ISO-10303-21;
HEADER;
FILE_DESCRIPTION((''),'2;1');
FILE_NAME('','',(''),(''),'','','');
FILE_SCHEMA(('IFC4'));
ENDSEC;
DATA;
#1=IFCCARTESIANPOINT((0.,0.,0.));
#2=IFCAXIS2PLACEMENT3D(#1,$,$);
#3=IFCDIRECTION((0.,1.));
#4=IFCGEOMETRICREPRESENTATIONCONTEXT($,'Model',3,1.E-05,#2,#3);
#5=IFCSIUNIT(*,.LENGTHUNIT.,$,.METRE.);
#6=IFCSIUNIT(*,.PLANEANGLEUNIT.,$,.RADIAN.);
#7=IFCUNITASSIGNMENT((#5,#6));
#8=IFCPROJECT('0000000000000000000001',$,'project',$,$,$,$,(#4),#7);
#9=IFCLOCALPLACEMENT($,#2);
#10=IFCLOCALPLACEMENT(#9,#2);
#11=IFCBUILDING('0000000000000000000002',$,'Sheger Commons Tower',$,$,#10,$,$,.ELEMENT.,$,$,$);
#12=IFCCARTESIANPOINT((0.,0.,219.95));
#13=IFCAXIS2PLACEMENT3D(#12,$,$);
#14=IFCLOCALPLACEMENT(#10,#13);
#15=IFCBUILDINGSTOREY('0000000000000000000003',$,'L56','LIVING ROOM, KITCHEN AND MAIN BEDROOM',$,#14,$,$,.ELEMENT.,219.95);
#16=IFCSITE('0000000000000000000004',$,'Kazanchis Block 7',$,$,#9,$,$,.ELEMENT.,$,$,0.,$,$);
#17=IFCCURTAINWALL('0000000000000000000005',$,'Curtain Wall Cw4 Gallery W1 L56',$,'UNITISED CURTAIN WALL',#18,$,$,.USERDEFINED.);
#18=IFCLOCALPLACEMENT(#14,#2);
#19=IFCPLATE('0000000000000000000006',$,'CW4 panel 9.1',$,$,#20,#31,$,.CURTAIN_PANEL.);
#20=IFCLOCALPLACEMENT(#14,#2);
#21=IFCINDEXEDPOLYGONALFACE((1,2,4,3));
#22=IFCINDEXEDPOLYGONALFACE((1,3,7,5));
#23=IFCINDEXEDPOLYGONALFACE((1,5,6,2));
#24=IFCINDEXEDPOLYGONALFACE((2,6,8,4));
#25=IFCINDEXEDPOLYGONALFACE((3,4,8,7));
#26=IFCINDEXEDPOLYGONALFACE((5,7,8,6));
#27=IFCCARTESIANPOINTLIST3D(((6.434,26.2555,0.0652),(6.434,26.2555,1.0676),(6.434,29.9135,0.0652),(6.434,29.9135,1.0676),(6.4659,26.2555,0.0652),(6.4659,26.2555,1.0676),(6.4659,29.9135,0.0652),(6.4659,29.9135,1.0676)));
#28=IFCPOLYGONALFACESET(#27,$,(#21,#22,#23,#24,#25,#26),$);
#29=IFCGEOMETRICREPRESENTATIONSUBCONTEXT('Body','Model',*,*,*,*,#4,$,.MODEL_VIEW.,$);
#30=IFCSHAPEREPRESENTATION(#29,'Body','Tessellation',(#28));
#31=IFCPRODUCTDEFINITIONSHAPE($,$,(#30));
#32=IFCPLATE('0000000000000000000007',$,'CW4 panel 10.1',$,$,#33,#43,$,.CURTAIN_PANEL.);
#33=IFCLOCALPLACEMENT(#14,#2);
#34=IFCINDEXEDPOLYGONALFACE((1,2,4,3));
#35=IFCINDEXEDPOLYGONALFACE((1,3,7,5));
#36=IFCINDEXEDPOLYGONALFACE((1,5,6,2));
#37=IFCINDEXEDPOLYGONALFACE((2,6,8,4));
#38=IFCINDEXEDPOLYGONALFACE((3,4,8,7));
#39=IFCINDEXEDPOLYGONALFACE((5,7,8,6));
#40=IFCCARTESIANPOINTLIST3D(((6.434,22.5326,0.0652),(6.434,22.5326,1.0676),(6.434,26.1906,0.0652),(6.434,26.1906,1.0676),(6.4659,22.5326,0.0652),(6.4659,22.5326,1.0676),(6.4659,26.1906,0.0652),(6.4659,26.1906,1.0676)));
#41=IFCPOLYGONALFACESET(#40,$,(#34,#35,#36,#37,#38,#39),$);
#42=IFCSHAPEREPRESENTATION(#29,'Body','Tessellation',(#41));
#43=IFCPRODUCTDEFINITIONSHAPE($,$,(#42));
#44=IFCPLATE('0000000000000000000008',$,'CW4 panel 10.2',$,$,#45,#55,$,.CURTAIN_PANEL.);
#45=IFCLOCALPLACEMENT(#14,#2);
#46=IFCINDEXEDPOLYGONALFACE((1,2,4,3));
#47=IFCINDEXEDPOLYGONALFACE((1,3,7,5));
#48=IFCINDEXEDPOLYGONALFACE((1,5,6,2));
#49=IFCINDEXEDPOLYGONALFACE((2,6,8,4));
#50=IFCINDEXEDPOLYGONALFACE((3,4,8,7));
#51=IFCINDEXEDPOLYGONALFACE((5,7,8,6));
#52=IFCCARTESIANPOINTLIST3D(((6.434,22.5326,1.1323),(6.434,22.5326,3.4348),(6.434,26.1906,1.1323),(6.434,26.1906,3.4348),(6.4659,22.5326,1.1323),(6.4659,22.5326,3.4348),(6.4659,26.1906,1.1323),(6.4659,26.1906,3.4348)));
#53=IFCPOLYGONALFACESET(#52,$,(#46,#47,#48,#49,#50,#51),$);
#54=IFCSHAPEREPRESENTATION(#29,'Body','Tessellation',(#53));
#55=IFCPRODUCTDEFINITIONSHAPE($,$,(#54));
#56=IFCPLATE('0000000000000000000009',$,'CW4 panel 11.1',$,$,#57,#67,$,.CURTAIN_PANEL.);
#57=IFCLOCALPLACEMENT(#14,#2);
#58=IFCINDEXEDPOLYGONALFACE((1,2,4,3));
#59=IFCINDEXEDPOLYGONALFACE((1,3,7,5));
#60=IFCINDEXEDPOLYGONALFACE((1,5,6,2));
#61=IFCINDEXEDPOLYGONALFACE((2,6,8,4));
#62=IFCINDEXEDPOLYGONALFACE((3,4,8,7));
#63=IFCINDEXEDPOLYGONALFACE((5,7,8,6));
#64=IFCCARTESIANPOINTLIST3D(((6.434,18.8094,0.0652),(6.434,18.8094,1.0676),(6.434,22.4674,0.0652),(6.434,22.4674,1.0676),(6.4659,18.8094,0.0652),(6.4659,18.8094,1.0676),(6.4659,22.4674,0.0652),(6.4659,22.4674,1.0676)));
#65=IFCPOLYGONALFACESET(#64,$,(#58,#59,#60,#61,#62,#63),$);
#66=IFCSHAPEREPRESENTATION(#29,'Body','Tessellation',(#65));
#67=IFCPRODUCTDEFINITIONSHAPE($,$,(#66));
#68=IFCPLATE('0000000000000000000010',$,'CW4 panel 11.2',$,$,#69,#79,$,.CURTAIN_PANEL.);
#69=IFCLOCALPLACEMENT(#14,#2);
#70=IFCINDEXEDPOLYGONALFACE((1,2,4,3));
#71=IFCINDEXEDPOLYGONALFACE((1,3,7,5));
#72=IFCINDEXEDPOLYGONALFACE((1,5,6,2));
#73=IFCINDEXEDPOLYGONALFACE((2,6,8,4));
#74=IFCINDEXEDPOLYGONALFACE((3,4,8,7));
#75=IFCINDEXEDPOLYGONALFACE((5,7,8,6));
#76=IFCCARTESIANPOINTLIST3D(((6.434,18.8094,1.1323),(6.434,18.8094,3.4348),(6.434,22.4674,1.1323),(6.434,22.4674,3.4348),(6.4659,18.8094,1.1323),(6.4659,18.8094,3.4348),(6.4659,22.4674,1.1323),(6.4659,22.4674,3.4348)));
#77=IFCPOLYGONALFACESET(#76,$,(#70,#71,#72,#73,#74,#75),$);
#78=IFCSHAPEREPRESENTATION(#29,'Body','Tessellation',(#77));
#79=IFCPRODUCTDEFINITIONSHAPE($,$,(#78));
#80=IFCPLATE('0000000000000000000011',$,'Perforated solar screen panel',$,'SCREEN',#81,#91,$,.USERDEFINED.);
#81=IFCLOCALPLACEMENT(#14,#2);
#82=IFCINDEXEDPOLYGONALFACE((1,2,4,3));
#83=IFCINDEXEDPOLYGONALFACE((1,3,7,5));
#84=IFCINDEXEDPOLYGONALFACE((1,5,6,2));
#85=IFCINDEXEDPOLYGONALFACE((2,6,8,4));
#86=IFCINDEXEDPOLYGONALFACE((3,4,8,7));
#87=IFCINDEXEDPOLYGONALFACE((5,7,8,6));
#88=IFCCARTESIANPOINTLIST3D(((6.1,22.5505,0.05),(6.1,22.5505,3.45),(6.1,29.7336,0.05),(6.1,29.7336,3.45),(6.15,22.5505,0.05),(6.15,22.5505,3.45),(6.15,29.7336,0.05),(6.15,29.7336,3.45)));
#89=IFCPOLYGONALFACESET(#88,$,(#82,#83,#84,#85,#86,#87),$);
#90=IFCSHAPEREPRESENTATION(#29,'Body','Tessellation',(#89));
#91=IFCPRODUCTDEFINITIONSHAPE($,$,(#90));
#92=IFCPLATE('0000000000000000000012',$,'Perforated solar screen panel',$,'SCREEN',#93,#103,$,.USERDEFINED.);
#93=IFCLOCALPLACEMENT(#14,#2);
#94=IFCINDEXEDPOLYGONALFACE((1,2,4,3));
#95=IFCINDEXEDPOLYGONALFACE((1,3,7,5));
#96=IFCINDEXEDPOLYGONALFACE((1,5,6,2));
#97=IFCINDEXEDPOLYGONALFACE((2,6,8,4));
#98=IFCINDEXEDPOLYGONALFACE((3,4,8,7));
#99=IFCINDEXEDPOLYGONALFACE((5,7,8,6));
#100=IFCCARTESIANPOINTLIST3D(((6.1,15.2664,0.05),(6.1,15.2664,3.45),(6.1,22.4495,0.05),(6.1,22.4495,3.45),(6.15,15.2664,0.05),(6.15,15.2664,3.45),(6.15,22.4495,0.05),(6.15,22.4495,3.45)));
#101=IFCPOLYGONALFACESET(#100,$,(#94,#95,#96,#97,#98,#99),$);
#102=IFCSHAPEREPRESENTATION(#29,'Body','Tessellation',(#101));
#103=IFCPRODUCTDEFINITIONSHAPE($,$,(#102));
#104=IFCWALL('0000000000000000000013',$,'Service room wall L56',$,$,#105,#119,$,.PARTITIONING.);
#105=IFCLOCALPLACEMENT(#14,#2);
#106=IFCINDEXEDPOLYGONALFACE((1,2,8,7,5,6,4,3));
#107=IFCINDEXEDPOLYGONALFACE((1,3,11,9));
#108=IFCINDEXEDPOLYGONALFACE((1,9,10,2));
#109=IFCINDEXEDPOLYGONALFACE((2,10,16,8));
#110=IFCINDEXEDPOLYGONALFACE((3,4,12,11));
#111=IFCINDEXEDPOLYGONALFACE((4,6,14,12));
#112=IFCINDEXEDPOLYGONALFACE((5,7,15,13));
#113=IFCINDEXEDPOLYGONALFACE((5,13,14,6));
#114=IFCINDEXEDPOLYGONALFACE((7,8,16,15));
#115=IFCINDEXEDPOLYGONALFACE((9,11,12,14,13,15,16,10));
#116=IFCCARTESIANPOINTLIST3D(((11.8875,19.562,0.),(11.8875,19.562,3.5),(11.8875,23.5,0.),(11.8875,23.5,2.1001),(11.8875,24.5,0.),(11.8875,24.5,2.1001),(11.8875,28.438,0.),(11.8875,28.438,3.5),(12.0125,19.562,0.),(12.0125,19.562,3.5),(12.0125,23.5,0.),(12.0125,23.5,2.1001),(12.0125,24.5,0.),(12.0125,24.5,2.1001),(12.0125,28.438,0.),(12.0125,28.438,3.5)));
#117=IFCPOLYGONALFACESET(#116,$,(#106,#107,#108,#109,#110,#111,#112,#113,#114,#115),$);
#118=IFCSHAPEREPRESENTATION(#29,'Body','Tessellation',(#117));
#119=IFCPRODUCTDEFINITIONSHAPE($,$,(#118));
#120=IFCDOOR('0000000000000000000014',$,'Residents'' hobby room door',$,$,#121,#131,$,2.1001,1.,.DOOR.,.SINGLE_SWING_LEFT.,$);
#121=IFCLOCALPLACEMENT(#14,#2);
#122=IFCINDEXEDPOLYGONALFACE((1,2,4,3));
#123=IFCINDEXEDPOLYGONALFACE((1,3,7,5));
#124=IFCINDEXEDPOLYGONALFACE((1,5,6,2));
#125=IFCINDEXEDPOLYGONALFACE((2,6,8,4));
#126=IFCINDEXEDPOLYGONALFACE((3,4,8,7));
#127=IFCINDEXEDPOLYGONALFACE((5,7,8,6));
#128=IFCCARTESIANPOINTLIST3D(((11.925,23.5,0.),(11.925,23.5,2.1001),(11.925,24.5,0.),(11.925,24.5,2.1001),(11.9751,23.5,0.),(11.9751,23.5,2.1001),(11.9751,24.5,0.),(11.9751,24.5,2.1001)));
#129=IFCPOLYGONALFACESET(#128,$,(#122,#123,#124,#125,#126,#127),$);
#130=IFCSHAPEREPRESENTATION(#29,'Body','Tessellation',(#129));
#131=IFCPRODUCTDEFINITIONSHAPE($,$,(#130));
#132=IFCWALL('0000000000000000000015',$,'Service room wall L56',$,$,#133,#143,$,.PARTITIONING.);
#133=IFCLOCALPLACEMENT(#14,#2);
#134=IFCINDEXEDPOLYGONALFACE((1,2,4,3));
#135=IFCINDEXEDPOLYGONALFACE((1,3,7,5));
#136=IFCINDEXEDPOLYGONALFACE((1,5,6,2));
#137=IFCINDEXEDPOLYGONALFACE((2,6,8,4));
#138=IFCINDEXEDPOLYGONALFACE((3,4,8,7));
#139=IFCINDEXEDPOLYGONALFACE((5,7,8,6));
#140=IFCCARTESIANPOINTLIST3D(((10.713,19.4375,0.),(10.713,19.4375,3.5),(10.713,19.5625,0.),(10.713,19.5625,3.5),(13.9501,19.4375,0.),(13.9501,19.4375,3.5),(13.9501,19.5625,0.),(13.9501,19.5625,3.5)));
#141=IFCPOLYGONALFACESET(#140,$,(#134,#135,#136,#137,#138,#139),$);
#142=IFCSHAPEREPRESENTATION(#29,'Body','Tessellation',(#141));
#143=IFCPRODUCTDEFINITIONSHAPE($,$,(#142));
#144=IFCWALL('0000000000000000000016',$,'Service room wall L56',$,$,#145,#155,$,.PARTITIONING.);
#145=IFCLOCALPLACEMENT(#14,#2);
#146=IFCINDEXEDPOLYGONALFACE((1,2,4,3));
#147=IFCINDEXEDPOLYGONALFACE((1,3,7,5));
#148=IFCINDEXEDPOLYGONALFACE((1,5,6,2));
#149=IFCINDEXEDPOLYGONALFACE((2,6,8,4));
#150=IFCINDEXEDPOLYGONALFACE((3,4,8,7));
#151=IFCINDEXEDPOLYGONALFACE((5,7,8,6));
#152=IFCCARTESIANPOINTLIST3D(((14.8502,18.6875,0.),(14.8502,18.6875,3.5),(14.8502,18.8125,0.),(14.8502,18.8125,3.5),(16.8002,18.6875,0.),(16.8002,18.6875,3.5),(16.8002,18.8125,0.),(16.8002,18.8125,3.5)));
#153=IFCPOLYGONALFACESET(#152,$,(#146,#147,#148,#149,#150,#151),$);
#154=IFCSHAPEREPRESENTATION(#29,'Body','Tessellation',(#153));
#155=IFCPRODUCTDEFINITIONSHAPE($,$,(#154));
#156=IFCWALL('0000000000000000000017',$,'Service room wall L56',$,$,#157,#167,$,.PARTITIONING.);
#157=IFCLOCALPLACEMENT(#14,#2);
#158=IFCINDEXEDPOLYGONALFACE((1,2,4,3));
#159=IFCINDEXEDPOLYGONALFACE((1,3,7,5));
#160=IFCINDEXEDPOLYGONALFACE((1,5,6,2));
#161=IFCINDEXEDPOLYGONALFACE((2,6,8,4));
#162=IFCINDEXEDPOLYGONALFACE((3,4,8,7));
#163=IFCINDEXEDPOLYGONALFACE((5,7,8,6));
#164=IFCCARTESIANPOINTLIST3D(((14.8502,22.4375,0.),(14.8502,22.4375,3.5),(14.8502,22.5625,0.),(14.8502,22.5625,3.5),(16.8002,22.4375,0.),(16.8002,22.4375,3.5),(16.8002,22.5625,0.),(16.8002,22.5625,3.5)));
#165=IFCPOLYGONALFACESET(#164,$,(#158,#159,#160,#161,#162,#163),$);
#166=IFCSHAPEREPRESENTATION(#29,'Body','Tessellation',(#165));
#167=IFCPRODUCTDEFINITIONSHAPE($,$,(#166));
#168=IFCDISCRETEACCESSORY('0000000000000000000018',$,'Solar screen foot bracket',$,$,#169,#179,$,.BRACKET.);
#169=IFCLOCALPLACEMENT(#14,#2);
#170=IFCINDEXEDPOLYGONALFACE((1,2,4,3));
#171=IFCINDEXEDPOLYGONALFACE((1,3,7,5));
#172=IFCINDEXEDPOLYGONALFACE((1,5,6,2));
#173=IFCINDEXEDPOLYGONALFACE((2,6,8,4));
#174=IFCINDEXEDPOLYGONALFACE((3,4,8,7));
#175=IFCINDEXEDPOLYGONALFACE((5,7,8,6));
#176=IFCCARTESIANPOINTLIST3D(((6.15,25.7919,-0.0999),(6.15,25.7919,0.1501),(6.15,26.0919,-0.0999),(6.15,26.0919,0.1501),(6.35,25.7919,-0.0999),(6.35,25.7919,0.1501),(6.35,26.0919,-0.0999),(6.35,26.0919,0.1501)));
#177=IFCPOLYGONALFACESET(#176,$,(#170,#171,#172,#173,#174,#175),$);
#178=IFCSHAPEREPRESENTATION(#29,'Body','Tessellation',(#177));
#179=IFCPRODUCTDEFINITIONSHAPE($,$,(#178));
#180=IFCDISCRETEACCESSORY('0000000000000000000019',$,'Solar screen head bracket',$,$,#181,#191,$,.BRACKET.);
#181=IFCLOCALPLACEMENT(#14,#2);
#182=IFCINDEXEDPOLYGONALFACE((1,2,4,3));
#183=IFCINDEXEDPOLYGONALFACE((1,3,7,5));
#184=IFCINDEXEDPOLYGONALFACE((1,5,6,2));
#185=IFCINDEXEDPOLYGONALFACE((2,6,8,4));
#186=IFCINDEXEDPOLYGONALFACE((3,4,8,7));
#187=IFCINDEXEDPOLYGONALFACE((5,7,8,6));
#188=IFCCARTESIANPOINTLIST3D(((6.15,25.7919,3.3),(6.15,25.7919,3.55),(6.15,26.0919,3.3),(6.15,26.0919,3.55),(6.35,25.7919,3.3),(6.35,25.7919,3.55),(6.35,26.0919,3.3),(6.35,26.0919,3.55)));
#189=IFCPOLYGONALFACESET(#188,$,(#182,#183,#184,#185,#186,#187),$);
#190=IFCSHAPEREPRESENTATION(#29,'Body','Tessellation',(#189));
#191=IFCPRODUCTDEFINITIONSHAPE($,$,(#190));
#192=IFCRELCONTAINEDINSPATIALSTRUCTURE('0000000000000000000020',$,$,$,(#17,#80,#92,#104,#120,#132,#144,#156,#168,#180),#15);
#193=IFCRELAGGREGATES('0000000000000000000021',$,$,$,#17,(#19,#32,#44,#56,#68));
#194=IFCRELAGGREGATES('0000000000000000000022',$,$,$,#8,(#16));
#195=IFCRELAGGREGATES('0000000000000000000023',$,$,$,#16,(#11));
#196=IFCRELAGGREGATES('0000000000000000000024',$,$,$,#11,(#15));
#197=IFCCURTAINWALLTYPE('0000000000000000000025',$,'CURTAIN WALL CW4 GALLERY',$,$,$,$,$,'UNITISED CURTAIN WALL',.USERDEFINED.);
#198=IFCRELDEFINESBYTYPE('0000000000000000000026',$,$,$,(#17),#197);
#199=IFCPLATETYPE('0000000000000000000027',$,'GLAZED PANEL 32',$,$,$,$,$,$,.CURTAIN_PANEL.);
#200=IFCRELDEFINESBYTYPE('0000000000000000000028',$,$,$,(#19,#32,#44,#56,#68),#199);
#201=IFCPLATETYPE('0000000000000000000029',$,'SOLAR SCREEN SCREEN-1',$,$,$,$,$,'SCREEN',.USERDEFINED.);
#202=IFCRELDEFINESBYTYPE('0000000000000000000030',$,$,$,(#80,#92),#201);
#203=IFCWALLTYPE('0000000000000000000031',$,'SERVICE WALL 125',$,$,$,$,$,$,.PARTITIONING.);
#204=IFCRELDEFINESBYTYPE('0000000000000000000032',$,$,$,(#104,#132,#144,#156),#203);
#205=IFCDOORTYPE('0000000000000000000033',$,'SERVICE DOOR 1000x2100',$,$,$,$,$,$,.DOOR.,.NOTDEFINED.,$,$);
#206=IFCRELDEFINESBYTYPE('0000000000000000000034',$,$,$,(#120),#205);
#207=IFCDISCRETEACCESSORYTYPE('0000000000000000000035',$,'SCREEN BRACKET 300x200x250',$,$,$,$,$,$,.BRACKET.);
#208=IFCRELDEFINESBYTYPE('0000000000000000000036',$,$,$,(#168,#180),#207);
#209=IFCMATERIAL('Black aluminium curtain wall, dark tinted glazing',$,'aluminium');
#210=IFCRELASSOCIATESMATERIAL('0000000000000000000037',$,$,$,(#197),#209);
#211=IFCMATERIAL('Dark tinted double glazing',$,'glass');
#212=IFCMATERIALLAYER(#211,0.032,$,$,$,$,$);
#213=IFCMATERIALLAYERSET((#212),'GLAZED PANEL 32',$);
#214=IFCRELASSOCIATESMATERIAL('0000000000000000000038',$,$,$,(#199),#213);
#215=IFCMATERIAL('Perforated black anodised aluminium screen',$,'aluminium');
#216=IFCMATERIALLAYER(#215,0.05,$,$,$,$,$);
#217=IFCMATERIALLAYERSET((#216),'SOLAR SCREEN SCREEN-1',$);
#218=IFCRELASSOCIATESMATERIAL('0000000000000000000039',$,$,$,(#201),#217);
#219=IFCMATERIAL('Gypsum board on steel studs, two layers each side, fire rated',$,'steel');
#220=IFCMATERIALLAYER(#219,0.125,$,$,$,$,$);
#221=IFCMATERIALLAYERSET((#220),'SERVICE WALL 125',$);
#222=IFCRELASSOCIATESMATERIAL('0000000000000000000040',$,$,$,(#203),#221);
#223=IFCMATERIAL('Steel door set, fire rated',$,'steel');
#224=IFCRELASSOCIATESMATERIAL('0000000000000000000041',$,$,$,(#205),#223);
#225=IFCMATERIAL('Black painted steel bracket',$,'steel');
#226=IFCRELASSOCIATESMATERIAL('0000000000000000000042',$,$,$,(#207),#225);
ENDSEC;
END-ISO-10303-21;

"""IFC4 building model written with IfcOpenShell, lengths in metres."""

from ifc_helpers import new_model, si_unit, direction, frame, frame_2d, origin, origin_2d, place, context, subcontext, project, spatial, rectangle, extrude, material, layer, layer_set, type_object, element, fill, aggregate, save


model = new_model("IFC4")

# Units and contexts
model_context = context("Model", 3, precision=1e-05, world=origin(), true_north=direction((0.0, 1.0)))
body_context = subcontext(model_context, "Body", "Model", "MODEL_VIEW")
ifc_project = project(units=[si_unit("LENGTHUNIT", "METRE"), si_unit("PLANEANGLEUNIT", "RADIAN")], contexts=[model_context])

# Site, building, storey
site_placement = place(None, origin())
site = spatial("IfcSite", under=ifc_project, at=site_placement, Name="Kazanchis Block 7", CompositionType="ELEMENT", RefElevation=0.0)
building_placement = place(site_placement, origin())
building = spatial("IfcBuilding", under=site, at=building_placement, Name="Sheger Commons Tower", CompositionType="ELEMENT")
storey_placement = place(building_placement, frame((0.0, 0.0, 219.95)))
storey = spatial("IfcBuildingStorey", under=building, at=storey_placement, Name="L56", Description="LIVING ROOM, KITCHEN AND MAIN BEDROOM", CompositionType="ELEMENT", Elevation=219.95)

# Curtain wall
ifc_material_1 = material(Name="Black aluminium curtain wall, dark tinted glazing", Category="aluminium")
curtain_wall_type = type_object("IfcCurtainWallType", Name="CURTAIN WALL CW4 GALLERY", ElementType="UNITISED CURTAIN WALL", PredefinedType="USERDEFINED", material=ifc_material_1)
curtain_wall_placement = place(storey_placement, origin())
curtain_wall = element("IfcCurtainWall", 1, at=curtain_wall_placement, inside=storey, type_object=curtain_wall_type, Name="Curtain Wall Cw4 Gallery W1 L56", ObjectType="UNITISED CURTAIN WALL", PredefinedType="USERDEFINED")

# Plates
ifc_material_2 = material(Name="Dark tinted double glazing", Category="glass")
ifc_layer_1 = layer(ifc_material_2, 0.032)
ifc_layer_set_1 = layer_set([ifc_layer_1], Name="GLAZED PANEL 32")
plate_type_1 = type_object("IfcPlateType", Name="GLAZED PANEL 32", PredefinedType="CURTAIN_PANEL", material=ifc_layer_set_1)
plate_1_placement = place(storey_placement, frame((6.45, 28.0845, 0.0652), z_axis=(0.0, 0.0, 1.0), x_axis=(0.0, -1.0, 0.0)))
plate_1 = element("IfcPlate", 2, at=plate_1_placement, type_object=plate_type_1, Name="CW4 panel 9.1", PredefinedType="CURTAIN_PANEL", context=body_context, shape_type="SweptSolid", body=[
    extrude(rectangle(XDim=3.658, YDim=0.032, at=origin_2d()), origin(), (0.0, 0.0, 1.0), 1.0024),
])
plate_2_placement = place(storey_placement, frame((6.45, 24.3616, 0.0652), z_axis=(0.0, 0.0, 1.0), x_axis=(0.0, -1.0, 0.0)))
plate_2 = element("IfcPlate", 3, at=plate_2_placement, type_object=plate_type_1, Name="CW4 panel 10.1", PredefinedType="CURTAIN_PANEL", context=body_context, shape_type="SweptSolid", body=[
    extrude(rectangle(XDim=3.658, YDim=0.032, at=origin_2d()), origin(), (0.0, 0.0, 1.0), 1.0024),
])
plate_3_placement = place(storey_placement, frame((6.45, 24.3616, 1.1323), z_axis=(0.0, 0.0, 1.0), x_axis=(0.0, -1.0, 0.0)))
plate_3 = element("IfcPlate", 4, at=plate_3_placement, type_object=plate_type_1, Name="CW4 panel 10.2", PredefinedType="CURTAIN_PANEL", context=body_context, shape_type="SweptSolid", body=[
    extrude(rectangle(XDim=3.658, YDim=0.032, at=origin_2d()), origin(), (0.0, 0.0, 1.0), 2.3025),
])
plate_4_placement = place(storey_placement, frame((6.45, 20.6384, 0.0652), z_axis=(0.0, 0.0, 1.0), x_axis=(0.0, -1.0, 0.0)))
plate_4 = element("IfcPlate", 5, at=plate_4_placement, type_object=plate_type_1, Name="CW4 panel 11.1", PredefinedType="CURTAIN_PANEL", context=body_context, shape_type="SweptSolid", body=[
    extrude(rectangle(XDim=3.658, YDim=0.032, at=origin_2d()), origin(), (0.0, 0.0, 1.0), 1.0024),
])
plate_5_placement = place(storey_placement, frame((6.45, 20.6384, 1.1323), z_axis=(0.0, 0.0, 1.0), x_axis=(0.0, -1.0, 0.0)))
plate_5 = element("IfcPlate", 6, at=plate_5_placement, type_object=plate_type_1, Name="CW4 panel 11.2", PredefinedType="CURTAIN_PANEL", context=body_context, shape_type="SweptSolid", body=[
    extrude(rectangle(XDim=3.658, YDim=0.032, at=origin_2d()), origin(), (0.0, 0.0, 1.0), 2.3025),
])
aggregate(curtain_wall, [plate_1, plate_2, plate_3, plate_4, plate_5])

# Plates
ifc_material_3 = material(Name="Perforated black anodised aluminium screen", Category="aluminium")
ifc_layer_2 = layer(ifc_material_3, 0.05)
ifc_layer_set_2 = layer_set([ifc_layer_2], Name="SOLAR SCREEN SCREEN-1")
plate_type_2 = type_object("IfcPlateType", Name="SOLAR SCREEN SCREEN-1", ElementType="SCREEN", PredefinedType="USERDEFINED", material=ifc_layer_set_2)
for number, where, z_axis, x_axis, name in (
    (7, (6.125, 26.1421, 0.05), (0.0, 0.0, 1.0), (0.0, -1.0, 0.0), "Perforated solar screen panel"),
    (8, (6.125, 18.8579, 0.05), (0.0, 0.0, 1.0), (0.0, -1.0, 0.0), "Perforated solar screen panel"),
):
    element("IfcPlate", number, at=place(storey_placement, frame(where, z_axis=z_axis, x_axis=x_axis)), inside=storey, type_object=plate_type_2, Name=name, ObjectType="SCREEN", PredefinedType="USERDEFINED", context=body_context, shape_type="SweptSolid", body=[
        extrude(rectangle(XDim=7.1831, YDim=0.05, at=origin_2d()), origin(), (0.0, 0.0, 1.0), 3.3999),
    ])

# Wall, opening, door
ifc_material_4 = material(Name="Gypsum board on steel studs, two layers each side, fire rated", Category="steel")
ifc_layer_3 = layer(ifc_material_4, 0.125)
ifc_layer_set_3 = layer_set([ifc_layer_3], Name="SERVICE WALL 125")
wall_type = type_object("IfcWallType", Name="SERVICE WALL 125", PredefinedType="PARTITIONING", material=ifc_layer_set_3)
wall_1_placement = place(storey_placement, frame((11.95, 19.562, 0.0), z_axis=(0.0, 0.0, 1.0), x_axis=(0.0, 1.0, 0.0)))
wall_1 = element("IfcWall", 9, at=wall_1_placement, inside=storey, type_object=wall_type, Name="Service room wall L56", PredefinedType="PARTITIONING", context=body_context, shape_type="SweptSolid", body=[
    extrude(rectangle(XDim=8.876, YDim=0.125, at=frame_2d((4.438, 0.0))), origin(), (0.0, 0.0, 1.0), 3.5),
])
opening_placement = place(wall_1_placement, frame((3.938, 0.0, 0.0)))
opening = element("IfcOpeningElement", 10, at=opening_placement, cuts=wall_1, PredefinedType="OPENING", context=body_context, shape_type="SweptSolid", body=[
    extrude(rectangle(XDim=1.0, YDim=2.1001, at=frame_2d((0.5, 1.05))), frame((0.0, 0.0725, 0.0), z_axis=(0.0, -1.0, 0.0), x_axis=(1.0, 0.0, 0.0)), (0.0, 0.0, 1.0), 0.145),
])
ifc_material_5 = material(Name="Steel door set, fire rated", Category="steel")
door_type = type_object("IfcDoorType", Name="SERVICE DOOR 1000x2100", OperationType="NOTDEFINED", PredefinedType="DOOR", material=ifc_material_5)
door_placement = place(opening_placement, origin())
door = element("IfcDoor", 11, at=door_placement, inside=storey, type_object=door_type, Name="Residents' hobby room door", OperationType="SINGLE_SWING_LEFT", OverallHeight=2.1001, OverallWidth=1.0, PredefinedType="DOOR", context=body_context, shape_type="SweptSolid", body=[
    extrude(rectangle(XDim=1.0, YDim=2.1001, at=frame_2d((0.5, 1.05))), frame((0.0, 0.0249, 0.0), z_axis=(0.0, -1.0, 0.0), x_axis=(1.0, 0.0, 0.0)), (0.0, 0.0, 1.0), 0.05),
])
fill(opening, door)

# Walls
wall_2_placement = place(storey_placement, frame((10.7129, 19.5, 0.0), z_axis=(0.0, 0.0, 1.0), x_axis=(1.0, 0.0, 0.0)))
element("IfcWall", 12, at=wall_2_placement, inside=storey, type_object=wall_type, Name="Service room wall L56", PredefinedType="PARTITIONING", context=body_context, shape_type="SweptSolid", body=[
    extrude(rectangle(XDim=3.2371, YDim=0.125, at=frame_2d((1.6187, 0.0))), origin(), (0.0, 0.0, 1.0), 3.5),
])
for number, where, z_axis, x_axis, name in (
    (13, (14.8501, 18.75, 0.0), (0.0, 0.0, 1.0), (1.0, 0.0, 0.0), "Service room wall L56"),
    (14, (14.8501, 22.5, 0.0), (0.0, 0.0, 1.0), (1.0, 0.0, 0.0), "Service room wall L56"),
):
    element("IfcWall", number, at=place(storey_placement, frame(where, z_axis=z_axis, x_axis=x_axis)), inside=storey, type_object=wall_type, Name=name, PredefinedType="PARTITIONING", context=body_context, shape_type="SweptSolid", body=[
        extrude(rectangle(XDim=1.95, YDim=0.125, at=frame_2d((0.9751, 0.0))), origin(), (0.0, 0.0, 1.0), 3.5),
    ])

# Discrete accessories
ifc_material_6 = material(Name="Black painted steel bracket", Category="steel")
discrete_accessory_type = type_object("IfcDiscreteAccessoryType", Name="SCREEN BRACKET 300x200x250", PredefinedType="BRACKET", material=ifc_material_6)
for number, where, z_axis, x_axis, name in (
    (15, (6.25, 25.9419, -0.0999), (0.0, 0.0, 1.0), (0.0, -1.0, 0.0), "Solar screen foot bracket"),
    (16, (6.25, 25.9419, 3.3), (0.0, 0.0, 1.0), (0.0, -1.0, 0.0), "Solar screen head bracket"),
):
    element("IfcDiscreteAccessory", number, at=place(storey_placement, frame(where, z_axis=z_axis, x_axis=x_axis)), inside=storey, type_object=discrete_accessory_type, Name=name, PredefinedType="BRACKET", context=body_context, shape_type="SweptSolid", body=[
        extrude(rectangle(XDim=0.3, YDim=0.2, at=origin_2d()), origin(), (0.0, 0.0, 1.0), 0.25),
    ])

save(model, "model.ifc")
